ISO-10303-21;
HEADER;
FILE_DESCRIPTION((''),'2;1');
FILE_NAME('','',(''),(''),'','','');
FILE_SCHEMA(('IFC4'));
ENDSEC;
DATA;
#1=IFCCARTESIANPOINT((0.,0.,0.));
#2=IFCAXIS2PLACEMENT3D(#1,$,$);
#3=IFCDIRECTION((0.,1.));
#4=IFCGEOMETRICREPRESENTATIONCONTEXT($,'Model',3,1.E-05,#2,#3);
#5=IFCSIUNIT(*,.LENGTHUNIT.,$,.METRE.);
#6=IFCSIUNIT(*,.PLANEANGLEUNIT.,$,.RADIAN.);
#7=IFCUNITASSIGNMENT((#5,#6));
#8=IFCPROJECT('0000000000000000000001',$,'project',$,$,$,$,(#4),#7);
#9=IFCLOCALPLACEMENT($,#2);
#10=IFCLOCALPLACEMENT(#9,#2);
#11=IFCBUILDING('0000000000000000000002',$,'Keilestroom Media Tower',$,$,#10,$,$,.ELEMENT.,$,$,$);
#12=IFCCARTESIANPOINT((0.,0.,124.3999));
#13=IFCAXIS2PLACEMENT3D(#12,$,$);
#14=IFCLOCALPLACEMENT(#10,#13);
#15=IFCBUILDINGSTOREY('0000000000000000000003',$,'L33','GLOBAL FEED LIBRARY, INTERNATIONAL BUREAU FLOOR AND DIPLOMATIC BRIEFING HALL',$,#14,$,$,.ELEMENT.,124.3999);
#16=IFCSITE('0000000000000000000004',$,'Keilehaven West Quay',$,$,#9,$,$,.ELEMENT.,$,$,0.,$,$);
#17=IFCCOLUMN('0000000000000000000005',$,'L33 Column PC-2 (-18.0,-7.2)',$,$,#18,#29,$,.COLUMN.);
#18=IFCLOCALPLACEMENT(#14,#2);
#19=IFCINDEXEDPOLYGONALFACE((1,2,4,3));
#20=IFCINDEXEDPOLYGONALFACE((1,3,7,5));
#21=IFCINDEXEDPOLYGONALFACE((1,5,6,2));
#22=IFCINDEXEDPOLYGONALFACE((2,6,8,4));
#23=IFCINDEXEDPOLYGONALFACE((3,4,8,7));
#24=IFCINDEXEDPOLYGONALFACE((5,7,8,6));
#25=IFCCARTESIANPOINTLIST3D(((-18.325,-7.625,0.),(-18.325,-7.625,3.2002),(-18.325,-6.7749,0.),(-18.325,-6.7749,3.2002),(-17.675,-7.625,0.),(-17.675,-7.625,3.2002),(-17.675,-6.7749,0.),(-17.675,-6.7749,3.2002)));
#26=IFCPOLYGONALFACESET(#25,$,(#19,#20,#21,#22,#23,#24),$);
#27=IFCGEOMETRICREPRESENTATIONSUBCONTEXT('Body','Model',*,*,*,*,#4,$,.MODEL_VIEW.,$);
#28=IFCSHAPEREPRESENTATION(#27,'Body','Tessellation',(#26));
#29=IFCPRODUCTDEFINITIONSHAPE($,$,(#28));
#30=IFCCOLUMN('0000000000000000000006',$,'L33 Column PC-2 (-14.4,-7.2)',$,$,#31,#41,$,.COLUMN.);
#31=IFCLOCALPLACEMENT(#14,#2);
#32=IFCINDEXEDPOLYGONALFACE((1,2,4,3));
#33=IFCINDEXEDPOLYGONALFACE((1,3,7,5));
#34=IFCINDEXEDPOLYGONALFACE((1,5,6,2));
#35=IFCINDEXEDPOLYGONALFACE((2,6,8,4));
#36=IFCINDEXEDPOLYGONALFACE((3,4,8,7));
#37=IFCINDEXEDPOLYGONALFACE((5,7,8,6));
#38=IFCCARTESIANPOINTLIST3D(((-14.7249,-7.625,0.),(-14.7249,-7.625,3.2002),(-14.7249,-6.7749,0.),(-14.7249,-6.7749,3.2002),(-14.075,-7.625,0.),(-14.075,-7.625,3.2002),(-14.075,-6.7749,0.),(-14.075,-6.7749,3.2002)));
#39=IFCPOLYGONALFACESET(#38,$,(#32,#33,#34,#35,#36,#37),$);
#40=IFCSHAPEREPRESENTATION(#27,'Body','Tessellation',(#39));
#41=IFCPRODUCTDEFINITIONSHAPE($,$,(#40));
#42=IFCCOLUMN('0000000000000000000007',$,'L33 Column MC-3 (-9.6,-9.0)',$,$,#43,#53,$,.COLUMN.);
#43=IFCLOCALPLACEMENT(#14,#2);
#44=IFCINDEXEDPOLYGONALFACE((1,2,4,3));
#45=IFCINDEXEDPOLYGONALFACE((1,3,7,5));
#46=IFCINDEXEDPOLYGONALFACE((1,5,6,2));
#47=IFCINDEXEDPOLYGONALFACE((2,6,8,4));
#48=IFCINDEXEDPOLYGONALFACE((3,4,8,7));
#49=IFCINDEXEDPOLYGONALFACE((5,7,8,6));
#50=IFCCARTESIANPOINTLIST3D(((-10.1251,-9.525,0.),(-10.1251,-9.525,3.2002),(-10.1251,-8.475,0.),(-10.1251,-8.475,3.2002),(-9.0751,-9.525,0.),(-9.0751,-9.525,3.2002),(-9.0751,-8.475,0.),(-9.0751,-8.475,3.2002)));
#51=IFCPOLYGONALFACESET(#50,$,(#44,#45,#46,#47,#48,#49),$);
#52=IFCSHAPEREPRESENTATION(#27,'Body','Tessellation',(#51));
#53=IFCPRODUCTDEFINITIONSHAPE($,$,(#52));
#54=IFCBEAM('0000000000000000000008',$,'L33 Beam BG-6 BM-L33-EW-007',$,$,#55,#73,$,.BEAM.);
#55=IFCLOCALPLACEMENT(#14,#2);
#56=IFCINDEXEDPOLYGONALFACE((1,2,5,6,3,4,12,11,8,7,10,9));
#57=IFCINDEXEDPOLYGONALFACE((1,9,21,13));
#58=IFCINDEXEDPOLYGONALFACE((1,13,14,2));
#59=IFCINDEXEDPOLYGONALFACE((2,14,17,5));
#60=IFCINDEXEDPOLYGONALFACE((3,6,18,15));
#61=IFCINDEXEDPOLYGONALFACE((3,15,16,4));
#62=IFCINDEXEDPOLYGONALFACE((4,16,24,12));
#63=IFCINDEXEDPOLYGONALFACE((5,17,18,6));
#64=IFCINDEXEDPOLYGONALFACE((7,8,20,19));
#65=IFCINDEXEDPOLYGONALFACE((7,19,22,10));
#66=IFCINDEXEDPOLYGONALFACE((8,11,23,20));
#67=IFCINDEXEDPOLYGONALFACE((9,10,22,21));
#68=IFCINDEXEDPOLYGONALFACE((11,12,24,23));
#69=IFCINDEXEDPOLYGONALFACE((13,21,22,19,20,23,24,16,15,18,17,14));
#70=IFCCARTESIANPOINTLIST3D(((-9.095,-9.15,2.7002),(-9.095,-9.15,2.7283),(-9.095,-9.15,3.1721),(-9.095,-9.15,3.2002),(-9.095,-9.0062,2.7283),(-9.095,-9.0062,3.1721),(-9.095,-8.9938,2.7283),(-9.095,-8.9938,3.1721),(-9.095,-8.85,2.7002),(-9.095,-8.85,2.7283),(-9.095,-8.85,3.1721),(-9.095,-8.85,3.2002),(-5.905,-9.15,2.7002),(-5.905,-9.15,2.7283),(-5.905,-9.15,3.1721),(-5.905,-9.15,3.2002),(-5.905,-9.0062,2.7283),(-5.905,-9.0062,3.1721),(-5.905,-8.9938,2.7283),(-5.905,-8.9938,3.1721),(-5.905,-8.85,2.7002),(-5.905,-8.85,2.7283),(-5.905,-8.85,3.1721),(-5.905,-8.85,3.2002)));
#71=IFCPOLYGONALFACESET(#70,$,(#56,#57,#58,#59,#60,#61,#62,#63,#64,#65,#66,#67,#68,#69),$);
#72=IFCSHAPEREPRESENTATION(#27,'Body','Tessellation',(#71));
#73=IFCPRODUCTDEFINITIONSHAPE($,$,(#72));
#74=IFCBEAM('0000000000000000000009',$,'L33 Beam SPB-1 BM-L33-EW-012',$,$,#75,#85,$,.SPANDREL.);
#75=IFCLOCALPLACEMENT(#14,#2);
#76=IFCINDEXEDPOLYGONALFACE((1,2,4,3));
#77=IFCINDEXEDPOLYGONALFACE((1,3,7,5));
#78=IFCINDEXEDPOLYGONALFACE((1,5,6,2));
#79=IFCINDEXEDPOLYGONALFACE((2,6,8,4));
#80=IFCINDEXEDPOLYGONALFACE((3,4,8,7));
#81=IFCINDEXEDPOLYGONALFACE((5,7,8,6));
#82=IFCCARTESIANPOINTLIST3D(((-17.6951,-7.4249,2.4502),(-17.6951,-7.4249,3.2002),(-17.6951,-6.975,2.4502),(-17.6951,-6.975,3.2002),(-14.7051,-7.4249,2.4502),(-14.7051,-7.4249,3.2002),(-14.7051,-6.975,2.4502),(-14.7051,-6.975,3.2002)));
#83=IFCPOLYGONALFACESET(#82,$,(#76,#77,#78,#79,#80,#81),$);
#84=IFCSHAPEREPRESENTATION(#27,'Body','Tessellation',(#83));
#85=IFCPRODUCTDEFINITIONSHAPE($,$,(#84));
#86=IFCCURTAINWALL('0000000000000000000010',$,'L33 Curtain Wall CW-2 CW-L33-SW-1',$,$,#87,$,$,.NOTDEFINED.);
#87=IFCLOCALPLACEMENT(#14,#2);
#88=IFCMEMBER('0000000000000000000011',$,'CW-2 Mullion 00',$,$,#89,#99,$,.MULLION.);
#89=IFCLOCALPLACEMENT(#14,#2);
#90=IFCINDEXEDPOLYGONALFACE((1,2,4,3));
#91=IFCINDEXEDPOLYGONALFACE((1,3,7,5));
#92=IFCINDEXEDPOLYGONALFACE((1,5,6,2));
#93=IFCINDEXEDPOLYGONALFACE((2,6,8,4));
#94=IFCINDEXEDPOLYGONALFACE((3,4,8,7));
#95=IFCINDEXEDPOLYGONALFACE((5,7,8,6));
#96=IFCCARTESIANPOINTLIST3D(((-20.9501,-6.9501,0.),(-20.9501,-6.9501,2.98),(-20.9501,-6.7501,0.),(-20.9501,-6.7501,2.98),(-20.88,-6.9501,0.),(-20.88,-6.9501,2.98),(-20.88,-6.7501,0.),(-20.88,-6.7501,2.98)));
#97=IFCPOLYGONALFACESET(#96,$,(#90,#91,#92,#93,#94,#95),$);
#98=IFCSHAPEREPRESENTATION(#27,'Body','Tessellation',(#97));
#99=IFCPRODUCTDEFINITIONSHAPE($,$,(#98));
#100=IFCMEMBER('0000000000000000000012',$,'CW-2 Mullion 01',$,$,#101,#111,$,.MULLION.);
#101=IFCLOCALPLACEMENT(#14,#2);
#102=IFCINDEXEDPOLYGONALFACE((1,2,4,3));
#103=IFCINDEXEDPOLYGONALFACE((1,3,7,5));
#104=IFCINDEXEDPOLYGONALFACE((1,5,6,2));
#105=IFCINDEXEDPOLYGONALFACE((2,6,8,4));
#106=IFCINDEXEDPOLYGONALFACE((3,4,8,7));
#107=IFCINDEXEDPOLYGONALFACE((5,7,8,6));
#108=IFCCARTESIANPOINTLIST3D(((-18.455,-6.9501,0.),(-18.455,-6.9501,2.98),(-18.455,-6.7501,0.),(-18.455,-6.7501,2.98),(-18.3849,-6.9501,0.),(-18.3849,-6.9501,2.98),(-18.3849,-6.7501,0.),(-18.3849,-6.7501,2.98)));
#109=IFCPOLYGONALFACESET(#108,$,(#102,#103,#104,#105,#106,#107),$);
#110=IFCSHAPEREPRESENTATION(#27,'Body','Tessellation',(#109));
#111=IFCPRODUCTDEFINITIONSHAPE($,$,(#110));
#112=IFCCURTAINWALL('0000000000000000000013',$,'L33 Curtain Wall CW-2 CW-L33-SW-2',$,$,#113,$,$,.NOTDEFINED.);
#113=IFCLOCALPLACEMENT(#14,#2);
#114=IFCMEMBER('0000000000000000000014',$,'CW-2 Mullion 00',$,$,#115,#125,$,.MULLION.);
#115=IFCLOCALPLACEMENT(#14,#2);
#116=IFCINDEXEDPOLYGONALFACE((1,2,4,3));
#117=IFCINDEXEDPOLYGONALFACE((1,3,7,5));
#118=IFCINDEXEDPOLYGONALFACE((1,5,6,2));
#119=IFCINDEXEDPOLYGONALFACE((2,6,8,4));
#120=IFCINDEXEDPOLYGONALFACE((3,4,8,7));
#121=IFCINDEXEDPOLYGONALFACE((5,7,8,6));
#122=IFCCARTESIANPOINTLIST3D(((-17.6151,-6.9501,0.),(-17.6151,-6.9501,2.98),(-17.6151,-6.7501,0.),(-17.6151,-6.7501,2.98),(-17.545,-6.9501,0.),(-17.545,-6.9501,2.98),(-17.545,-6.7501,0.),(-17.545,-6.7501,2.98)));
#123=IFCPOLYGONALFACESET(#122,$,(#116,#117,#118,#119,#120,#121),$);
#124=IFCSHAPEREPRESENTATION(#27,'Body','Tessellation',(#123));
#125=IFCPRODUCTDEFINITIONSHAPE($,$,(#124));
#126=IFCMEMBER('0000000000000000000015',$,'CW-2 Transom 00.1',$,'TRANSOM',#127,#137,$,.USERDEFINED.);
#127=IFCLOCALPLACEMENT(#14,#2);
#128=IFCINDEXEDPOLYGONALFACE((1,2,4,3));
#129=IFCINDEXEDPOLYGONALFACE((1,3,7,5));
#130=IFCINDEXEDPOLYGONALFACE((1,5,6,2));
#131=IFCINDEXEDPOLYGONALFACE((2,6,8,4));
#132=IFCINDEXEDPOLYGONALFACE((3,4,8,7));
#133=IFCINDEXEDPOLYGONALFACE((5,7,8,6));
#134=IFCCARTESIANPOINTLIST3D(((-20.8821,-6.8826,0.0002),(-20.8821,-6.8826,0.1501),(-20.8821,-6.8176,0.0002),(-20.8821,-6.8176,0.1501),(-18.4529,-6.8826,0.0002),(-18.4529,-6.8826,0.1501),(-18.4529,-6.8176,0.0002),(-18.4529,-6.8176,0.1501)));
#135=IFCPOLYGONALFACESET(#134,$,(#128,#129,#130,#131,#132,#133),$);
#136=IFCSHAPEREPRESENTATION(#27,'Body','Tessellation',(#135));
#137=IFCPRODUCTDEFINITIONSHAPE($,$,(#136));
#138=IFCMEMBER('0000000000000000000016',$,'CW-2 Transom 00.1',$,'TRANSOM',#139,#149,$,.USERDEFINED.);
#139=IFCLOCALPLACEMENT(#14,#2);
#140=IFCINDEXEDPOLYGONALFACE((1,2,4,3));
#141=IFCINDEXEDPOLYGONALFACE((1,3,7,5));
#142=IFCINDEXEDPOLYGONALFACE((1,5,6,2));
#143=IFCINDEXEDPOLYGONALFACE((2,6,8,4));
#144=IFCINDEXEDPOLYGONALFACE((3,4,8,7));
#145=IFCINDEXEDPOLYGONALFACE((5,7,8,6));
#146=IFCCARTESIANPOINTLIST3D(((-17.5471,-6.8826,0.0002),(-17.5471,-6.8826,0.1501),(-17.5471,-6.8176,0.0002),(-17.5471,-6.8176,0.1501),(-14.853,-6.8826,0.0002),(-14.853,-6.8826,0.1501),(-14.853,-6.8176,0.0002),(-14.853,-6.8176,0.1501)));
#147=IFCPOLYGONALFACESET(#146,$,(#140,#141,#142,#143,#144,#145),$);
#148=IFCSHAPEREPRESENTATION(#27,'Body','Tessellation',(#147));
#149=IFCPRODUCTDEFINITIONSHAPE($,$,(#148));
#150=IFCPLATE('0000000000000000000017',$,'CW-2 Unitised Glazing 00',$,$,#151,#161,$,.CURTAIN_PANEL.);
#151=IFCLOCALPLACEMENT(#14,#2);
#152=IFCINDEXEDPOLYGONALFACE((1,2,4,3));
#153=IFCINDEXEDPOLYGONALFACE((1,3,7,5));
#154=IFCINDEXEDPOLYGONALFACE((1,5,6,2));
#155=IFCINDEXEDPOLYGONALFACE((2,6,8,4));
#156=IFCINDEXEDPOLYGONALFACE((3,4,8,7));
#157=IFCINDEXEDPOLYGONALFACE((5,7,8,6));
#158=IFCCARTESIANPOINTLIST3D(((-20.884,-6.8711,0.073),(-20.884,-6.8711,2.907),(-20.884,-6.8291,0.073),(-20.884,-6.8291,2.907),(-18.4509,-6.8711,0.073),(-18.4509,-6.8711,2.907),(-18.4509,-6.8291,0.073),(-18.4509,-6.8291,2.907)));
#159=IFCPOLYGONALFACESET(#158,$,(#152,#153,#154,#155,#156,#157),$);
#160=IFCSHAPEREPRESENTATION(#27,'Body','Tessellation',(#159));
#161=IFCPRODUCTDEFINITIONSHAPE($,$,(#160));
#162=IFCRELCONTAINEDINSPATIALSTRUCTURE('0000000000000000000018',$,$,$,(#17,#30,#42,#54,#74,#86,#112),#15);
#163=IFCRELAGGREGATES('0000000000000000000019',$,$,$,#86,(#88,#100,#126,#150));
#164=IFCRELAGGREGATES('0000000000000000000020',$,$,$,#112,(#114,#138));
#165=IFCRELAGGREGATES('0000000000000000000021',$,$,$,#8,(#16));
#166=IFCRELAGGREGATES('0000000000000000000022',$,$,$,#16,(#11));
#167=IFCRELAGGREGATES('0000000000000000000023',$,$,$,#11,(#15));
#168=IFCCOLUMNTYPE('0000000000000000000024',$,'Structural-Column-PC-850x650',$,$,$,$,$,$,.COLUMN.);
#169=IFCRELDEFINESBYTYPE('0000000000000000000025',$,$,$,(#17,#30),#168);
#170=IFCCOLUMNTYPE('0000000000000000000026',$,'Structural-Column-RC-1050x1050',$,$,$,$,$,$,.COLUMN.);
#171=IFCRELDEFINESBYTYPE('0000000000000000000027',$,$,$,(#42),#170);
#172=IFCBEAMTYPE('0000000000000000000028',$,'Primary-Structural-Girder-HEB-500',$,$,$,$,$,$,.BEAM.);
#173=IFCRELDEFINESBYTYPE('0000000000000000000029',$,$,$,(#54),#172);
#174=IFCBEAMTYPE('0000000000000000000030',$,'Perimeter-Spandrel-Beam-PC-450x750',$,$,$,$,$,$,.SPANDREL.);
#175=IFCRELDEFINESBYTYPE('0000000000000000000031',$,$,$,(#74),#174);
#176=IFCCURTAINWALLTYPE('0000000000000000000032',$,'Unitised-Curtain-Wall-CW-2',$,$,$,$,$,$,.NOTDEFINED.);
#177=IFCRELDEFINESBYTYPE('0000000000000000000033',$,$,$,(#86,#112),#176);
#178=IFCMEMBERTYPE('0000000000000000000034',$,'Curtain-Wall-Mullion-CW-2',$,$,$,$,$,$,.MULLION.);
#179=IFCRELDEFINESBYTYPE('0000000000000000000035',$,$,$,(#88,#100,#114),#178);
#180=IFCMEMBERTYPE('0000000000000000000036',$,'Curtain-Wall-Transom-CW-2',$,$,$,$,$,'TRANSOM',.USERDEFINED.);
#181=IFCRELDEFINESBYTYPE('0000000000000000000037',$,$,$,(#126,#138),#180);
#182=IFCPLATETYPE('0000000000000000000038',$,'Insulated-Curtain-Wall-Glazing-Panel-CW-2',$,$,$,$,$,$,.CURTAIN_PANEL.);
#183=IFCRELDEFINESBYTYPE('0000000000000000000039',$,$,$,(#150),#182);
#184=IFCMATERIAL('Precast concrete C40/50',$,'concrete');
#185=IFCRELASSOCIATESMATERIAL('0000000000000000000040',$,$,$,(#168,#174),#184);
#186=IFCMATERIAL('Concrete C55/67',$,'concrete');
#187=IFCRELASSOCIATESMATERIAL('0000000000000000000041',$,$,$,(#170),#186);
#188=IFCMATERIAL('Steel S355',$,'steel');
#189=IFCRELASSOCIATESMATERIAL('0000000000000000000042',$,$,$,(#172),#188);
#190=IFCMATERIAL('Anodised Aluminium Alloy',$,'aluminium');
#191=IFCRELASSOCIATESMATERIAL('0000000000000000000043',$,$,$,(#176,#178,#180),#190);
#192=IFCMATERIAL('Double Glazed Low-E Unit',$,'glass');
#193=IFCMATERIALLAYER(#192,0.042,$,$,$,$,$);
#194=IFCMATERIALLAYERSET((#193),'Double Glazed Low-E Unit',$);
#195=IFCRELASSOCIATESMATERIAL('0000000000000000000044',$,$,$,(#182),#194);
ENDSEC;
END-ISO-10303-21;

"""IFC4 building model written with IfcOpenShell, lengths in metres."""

from ifc_helpers import new_model, si_unit, direction, frame, origin, origin_2d, place, context, subcontext, project, spatial, rectangle, i_section, extrude, source, transform, mapped, material, layer, layer_set, material_profile, profile_set, type_object, element, aggregate, save


model = new_model("IFC4")

# Units and contexts
model_context = context("Model", 3, precision=1e-05, world=origin(), true_north=direction((0.0, 1.0)))
body_context = subcontext(model_context, "Body", "Model", "MODEL_VIEW")
ifc_project = project(units=[si_unit("LENGTHUNIT", "METRE"), si_unit("PLANEANGLEUNIT", "RADIAN")], contexts=[model_context])

# Site, building, storey
site_placement = place(None, origin())
site = spatial("IfcSite", under=ifc_project, at=site_placement, Name="Keilehaven West Quay", CompositionType="ELEMENT", RefElevation=0.0)
building_placement = place(site_placement, origin())
building = spatial("IfcBuilding", under=site, at=building_placement, Name="Keilestroom Media Tower", CompositionType="ELEMENT")
storey_placement = place(building_placement, frame((0.0, 0.0, 124.3999)))
storey = spatial("IfcBuildingStorey", under=building, at=storey_placement, Name="L33", Description="GLOBAL FEED LIBRARY, INTERNATIONAL BUREAU FLOOR AND DIPLOMATIC BRIEFING HALL", CompositionType="ELEMENT", Elevation=124.3999)

# Columns
ifc_material_1 = material(Name="Precast concrete C40/50", Category="concrete")
ifc_material_profile_1 = material_profile(ifc_material_1, rectangle(XDim=0.6499, YDim=0.8501, at=origin_2d()), Name="PC 850x650")
ifc_profile_set_1 = profile_set([ifc_material_profile_1], Name="Precast concrete C40/50")
column_type_1 = type_object("IfcColumnType", Name="Structural-Column-PC-850x650", PredefinedType="COLUMN", material=ifc_profile_set_1)
shared_shape_1 = source(origin(), body_context, "Body", "SweptSolid", [
    extrude(rectangle(XDim=0.6499, YDim=0.8501, at=origin_2d()), origin(), (0.0, 0.0, 1.0), 3.2002),
])
for number, where, z_axis, x_axis, name in (
    (1, (-18.0, -7.2, 0.0), (0.0, 0.0, 1.0), (1.0, 0.0, 0.0), "L33 Column PC-2 (-18.0,-7.2)"),
    (2, (-14.3999, -7.2, 0.0), (0.0, 0.0, 1.0), (1.0, 0.0, 0.0), "L33 Column PC-2 (-14.4,-7.2)"),
):
    element("IfcColumn", number, at=place(storey_placement, frame(where, z_axis=z_axis, x_axis=x_axis)), inside=storey, type_object=column_type_1, Name=name, PredefinedType="COLUMN", context=body_context, shape_type="MappedRepresentation", body=[
        mapped(shared_shape_1, transform((0.0, 0.0, 0.0), x_axis=(1.0, 0.0, 0.0), y_axis=(0.0, 1.0, 0.0), z_axis=(0.0, 0.0, 1.0), scale=1.0)),
    ])
ifc_material_2 = material(Name="Concrete C55/67", Category="concrete")
ifc_material_profile_2 = material_profile(ifc_material_2, rectangle(XDim=1.05, YDim=1.05, at=origin_2d()), Name="RC 1050x1050")
ifc_profile_set_2 = profile_set([ifc_material_profile_2], Name="Concrete C55/67")
column_type_2 = type_object("IfcColumnType", Name="Structural-Column-RC-1050x1050", PredefinedType="COLUMN", material=ifc_profile_set_2)
shared_shape_2 = source(origin(), body_context, "Body", "SweptSolid", [
    extrude(rectangle(XDim=1.05, YDim=1.05, at=origin_2d()), origin(), (0.0, 0.0, 1.0), 3.2002),
])
column_placement = place(storey_placement, frame((-9.6001, -9.0, 0.0), z_axis=(0.0, 0.0, 1.0), x_axis=(1.0, 0.0, 0.0)))
element("IfcColumn", 3, at=column_placement, inside=storey, type_object=column_type_2, Name="L33 Column MC-3 (-9.6,-9.0)", PredefinedType="COLUMN", context=body_context, shape_type="MappedRepresentation", body=[
    mapped(shared_shape_2, transform((0.0, 0.0, 0.0), x_axis=(1.0, 0.0, 0.0), y_axis=(0.0, 1.0, 0.0), z_axis=(0.0, 0.0, 1.0), scale=1.0)),
])

# Beams
ifc_material_3 = material(Name="Steel S355", Category="steel")
ifc_material_profile_3 = material_profile(ifc_material_3, i_section(OverallWidth=0.3, OverallDepth=0.5, WebThickness=0.0125, FlangeThickness=0.0281, at=origin_2d()), Name="HEB 500")
ifc_profile_set_3 = profile_set([ifc_material_profile_3], Name="Steel S355")
beam_type_1 = type_object("IfcBeamType", Name="Primary-Structural-Girder-HEB-500", PredefinedType="BEAM", material=ifc_profile_set_3)
shared_shape_3 = source(origin(), body_context, "Body", "SweptSolid", [
    extrude(i_section(OverallWidth=0.3, OverallDepth=0.5, WebThickness=0.0125, FlangeThickness=0.0281, at=origin_2d()), origin(), (0.0, 0.0, 1.0), 3.1899),
])
beam_1_placement = place(storey_placement, frame((-9.095, -9.0, 2.9502), z_axis=(1.0, 0.0, 0.0), x_axis=(0.0, 1.0, 0.0)))
element("IfcBeam", 4, at=beam_1_placement, inside=storey, type_object=beam_type_1, Name="L33 Beam BG-6 BM-L33-EW-007", PredefinedType="BEAM", context=body_context, shape_type="MappedRepresentation", body=[
    mapped(shared_shape_3, transform((0.0, 0.0, 0.0), x_axis=(1.0, 0.0, 0.0), y_axis=(0.0, 1.0, 0.0), z_axis=(0.0, 0.0, 1.0), scale=1.0)),
])
ifc_material_profile_4 = material_profile(ifc_material_1, rectangle(XDim=0.45, YDim=0.75, at=origin_2d()), Name="PC 450x750")
ifc_profile_set_4 = profile_set([ifc_material_profile_4], Name="Precast concrete C40/50")
beam_type_2 = type_object("IfcBeamType", Name="Perimeter-Spandrel-Beam-PC-450x750", PredefinedType="SPANDREL", material=ifc_profile_set_4)
shared_shape_4 = source(origin(), body_context, "Body", "SweptSolid", [
    extrude(rectangle(XDim=0.45, YDim=0.75, at=origin_2d()), origin(), (0.0, 0.0, 1.0), 2.99),
])
beam_2_placement = place(storey_placement, frame((-17.6951, -7.2, 2.8252), z_axis=(1.0, 0.0, 0.0), x_axis=(0.0, 1.0, 0.0)))
element("IfcBeam", 5, at=beam_2_placement, inside=storey, type_object=beam_type_2, Name="L33 Beam SPB-1 BM-L33-EW-012", PredefinedType="SPANDREL", context=body_context, shape_type="MappedRepresentation", body=[
    mapped(shared_shape_4, transform((0.0, 0.0, 0.0), x_axis=(1.0, 0.0, 0.0), y_axis=(0.0, 1.0, 0.0), z_axis=(0.0, 0.0, 1.0), scale=1.0)),
])

# Curtain wall, members
ifc_material_4 = material(Name="Anodised Aluminium Alloy", Category="aluminium")
curtain_wall_type = type_object("IfcCurtainWallType", Name="Unitised-Curtain-Wall-CW-2", PredefinedType="NOTDEFINED", material=ifc_material_4)
curtain_wall_1_placement = place(storey_placement, origin())
curtain_wall_1 = element("IfcCurtainWall", 6, at=curtain_wall_1_placement, inside=storey, type_object=curtain_wall_type, Name="L33 Curtain Wall CW-2 CW-L33-SW-1", PredefinedType="NOTDEFINED")
ifc_material_profile_5 = material_profile(ifc_material_4, rectangle(XDim=0.0701, YDim=0.2, at=origin_2d()), Name="ALU MULLION 70x200")
ifc_profile_set_5 = profile_set([ifc_material_profile_5], Name="Anodised Aluminium Alloy")
member_type_1 = type_object("IfcMemberType", Name="Curtain-Wall-Mullion-CW-2", PredefinedType="MULLION", material=ifc_profile_set_5)
shared_shape_5 = source(origin(), body_context, "Body", "SweptSolid", [
    extrude(rectangle(XDim=0.0701, YDim=0.2, at=origin_2d()), origin(), (0.0, 0.0, 1.0), 2.98),
])
member_1_placement = place(storey_placement, frame((-20.915, -6.8501, 0.0), z_axis=(0.0, 0.0, 1.0), x_axis=(1.0, 0.0, 0.0)))
member_1 = element("IfcMember", 7, at=member_1_placement, type_object=member_type_1, Name="CW-2 Mullion 00", PredefinedType="MULLION", context=body_context, shape_type="MappedRepresentation", body=[
    mapped(shared_shape_5, transform((0.0, 0.0, 0.0), x_axis=(1.0, 0.0, 0.0), y_axis=(0.0, 1.0, 0.0), z_axis=(0.0, 0.0, 1.0), scale=1.0)),
])
member_2_placement = place(storey_placement, frame((-18.4199, -6.8501, 0.0), z_axis=(0.0, 0.0, 1.0), x_axis=(1.0, 0.0, 0.0)))
member_2 = element("IfcMember", 8, at=member_2_placement, type_object=member_type_1, Name="CW-2 Mullion 01", PredefinedType="MULLION", context=body_context, shape_type="MappedRepresentation", body=[
    mapped(shared_shape_5, transform((0.0, 0.0, 0.0), x_axis=(1.0, 0.0, 0.0), y_axis=(0.0, 1.0, 0.0), z_axis=(0.0, 0.0, 1.0), scale=1.0)),
])

# Curtain wall, member
curtain_wall_2_placement = place(storey_placement, origin())
curtain_wall_2 = element("IfcCurtainWall", 9, at=curtain_wall_2_placement, inside=storey, type_object=curtain_wall_type, Name="L33 Curtain Wall CW-2 CW-L33-SW-2", PredefinedType="NOTDEFINED")
member_3_placement = place(storey_placement, frame((-17.5801, -6.8501, 0.0), z_axis=(0.0, 0.0, 1.0), x_axis=(1.0, 0.0, 0.0)))
member_3 = element("IfcMember", 10, at=member_3_placement, type_object=member_type_1, Name="CW-2 Mullion 00", PredefinedType="MULLION", context=body_context, shape_type="MappedRepresentation", body=[
    mapped(shared_shape_5, transform((0.0, 0.0, 0.0), x_axis=(1.0, 0.0, 0.0), y_axis=(0.0, 1.0, 0.0), z_axis=(0.0, 0.0, 1.0), scale=1.0)),
])

# Members
ifc_material_profile_6 = material_profile(ifc_material_4, rectangle(XDim=0.0649, YDim=0.1499, at=origin_2d()), Name="ALU TRANSOM 65x150")
ifc_profile_set_6 = profile_set([ifc_material_profile_6], Name="Anodised Aluminium Alloy")
member_type_2 = type_object("IfcMemberType", Name="Curtain-Wall-Transom-CW-2", ElementType="TRANSOM", PredefinedType="USERDEFINED", material=ifc_profile_set_6)
shared_shape_6 = source(origin(), body_context, "Body", "SweptSolid", [
    extrude(rectangle(XDim=0.0649, YDim=0.1499, at=origin_2d()), origin(), (0.0, 0.0, 1.0), 2.4292),
])
member_4_placement = place(storey_placement, frame((-20.8821, -6.8501, 0.0752), z_axis=(1.0, 0.0, 0.0), x_axis=(0.0, 1.0, 0.0)))
member_4 = element("IfcMember", 11, at=member_4_placement, type_object=member_type_2, Name="CW-2 Transom 00.1", ObjectType="TRANSOM", PredefinedType="USERDEFINED", context=body_context, shape_type="MappedRepresentation", body=[
    mapped(shared_shape_6, transform((0.0, 0.0, 0.0), x_axis=(1.0, 0.0, 0.0), y_axis=(0.0, 1.0, 0.0), z_axis=(0.0, 0.0, 1.0), scale=1.0)),
])
shared_shape_7 = source(origin(), body_context, "Body", "SweptSolid", [
    extrude(rectangle(XDim=0.0649, YDim=0.1499, at=origin_2d()), origin(), (0.0, 0.0, 1.0), 2.6941),
])
member_5_placement = place(storey_placement, frame((-17.5471, -6.8501, 0.0752), z_axis=(1.0, 0.0, 0.0), x_axis=(0.0, 1.0, 0.0)))
member_5 = element("IfcMember", 12, at=member_5_placement, type_object=member_type_2, Name="CW-2 Transom 00.1", ObjectType="TRANSOM", PredefinedType="USERDEFINED", context=body_context, shape_type="MappedRepresentation", body=[
    mapped(shared_shape_7, transform((0.0, 0.0, 0.0), x_axis=(1.0, 0.0, 0.0), y_axis=(0.0, 1.0, 0.0), z_axis=(0.0, 0.0, 1.0), scale=1.0)),
])

# Plate
ifc_material_5 = material(Name="Double Glazed Low-E Unit", Category="glass")
ifc_layer_1 = layer(ifc_material_5, 0.042)
ifc_layer_set_1 = layer_set([ifc_layer_1], Name="Double Glazed Low-E Unit")
plate_type = type_object("IfcPlateType", Name="Insulated-Curtain-Wall-Glazing-Panel-CW-2", PredefinedType="CURTAIN_PANEL", material=ifc_layer_set_1)
shared_shape_8 = source(origin(), body_context, "Body", "SweptSolid", [
    extrude(rectangle(XDim=2.4331, YDim=0.042, at=origin_2d()), origin(), (0.0, 0.0, 1.0), 2.834),
])
plate_1_placement = place(storey_placement, frame((-19.6675, -6.8501, 0.073), z_axis=(0.0, 0.0, 1.0), x_axis=(1.0, 0.0, 0.0)))
plate_1 = element("IfcPlate", 13, at=plate_1_placement, type_object=plate_type, Name="CW-2 Unitised Glazing 00", PredefinedType="CURTAIN_PANEL", context=body_context, shape_type="MappedRepresentation", body=[
    mapped(shared_shape_8, transform((0.0, 0.0, 0.0), x_axis=(1.0, 0.0, 0.0), y_axis=(0.0, 1.0, 0.0), z_axis=(0.0, 0.0, 1.0), scale=1.0)),
])
aggregate(curtain_wall_1, [member_1, member_2, member_4, plate_1])
aggregate(curtain_wall_2, [member_3, member_5])

save(model, "model.ifc")
